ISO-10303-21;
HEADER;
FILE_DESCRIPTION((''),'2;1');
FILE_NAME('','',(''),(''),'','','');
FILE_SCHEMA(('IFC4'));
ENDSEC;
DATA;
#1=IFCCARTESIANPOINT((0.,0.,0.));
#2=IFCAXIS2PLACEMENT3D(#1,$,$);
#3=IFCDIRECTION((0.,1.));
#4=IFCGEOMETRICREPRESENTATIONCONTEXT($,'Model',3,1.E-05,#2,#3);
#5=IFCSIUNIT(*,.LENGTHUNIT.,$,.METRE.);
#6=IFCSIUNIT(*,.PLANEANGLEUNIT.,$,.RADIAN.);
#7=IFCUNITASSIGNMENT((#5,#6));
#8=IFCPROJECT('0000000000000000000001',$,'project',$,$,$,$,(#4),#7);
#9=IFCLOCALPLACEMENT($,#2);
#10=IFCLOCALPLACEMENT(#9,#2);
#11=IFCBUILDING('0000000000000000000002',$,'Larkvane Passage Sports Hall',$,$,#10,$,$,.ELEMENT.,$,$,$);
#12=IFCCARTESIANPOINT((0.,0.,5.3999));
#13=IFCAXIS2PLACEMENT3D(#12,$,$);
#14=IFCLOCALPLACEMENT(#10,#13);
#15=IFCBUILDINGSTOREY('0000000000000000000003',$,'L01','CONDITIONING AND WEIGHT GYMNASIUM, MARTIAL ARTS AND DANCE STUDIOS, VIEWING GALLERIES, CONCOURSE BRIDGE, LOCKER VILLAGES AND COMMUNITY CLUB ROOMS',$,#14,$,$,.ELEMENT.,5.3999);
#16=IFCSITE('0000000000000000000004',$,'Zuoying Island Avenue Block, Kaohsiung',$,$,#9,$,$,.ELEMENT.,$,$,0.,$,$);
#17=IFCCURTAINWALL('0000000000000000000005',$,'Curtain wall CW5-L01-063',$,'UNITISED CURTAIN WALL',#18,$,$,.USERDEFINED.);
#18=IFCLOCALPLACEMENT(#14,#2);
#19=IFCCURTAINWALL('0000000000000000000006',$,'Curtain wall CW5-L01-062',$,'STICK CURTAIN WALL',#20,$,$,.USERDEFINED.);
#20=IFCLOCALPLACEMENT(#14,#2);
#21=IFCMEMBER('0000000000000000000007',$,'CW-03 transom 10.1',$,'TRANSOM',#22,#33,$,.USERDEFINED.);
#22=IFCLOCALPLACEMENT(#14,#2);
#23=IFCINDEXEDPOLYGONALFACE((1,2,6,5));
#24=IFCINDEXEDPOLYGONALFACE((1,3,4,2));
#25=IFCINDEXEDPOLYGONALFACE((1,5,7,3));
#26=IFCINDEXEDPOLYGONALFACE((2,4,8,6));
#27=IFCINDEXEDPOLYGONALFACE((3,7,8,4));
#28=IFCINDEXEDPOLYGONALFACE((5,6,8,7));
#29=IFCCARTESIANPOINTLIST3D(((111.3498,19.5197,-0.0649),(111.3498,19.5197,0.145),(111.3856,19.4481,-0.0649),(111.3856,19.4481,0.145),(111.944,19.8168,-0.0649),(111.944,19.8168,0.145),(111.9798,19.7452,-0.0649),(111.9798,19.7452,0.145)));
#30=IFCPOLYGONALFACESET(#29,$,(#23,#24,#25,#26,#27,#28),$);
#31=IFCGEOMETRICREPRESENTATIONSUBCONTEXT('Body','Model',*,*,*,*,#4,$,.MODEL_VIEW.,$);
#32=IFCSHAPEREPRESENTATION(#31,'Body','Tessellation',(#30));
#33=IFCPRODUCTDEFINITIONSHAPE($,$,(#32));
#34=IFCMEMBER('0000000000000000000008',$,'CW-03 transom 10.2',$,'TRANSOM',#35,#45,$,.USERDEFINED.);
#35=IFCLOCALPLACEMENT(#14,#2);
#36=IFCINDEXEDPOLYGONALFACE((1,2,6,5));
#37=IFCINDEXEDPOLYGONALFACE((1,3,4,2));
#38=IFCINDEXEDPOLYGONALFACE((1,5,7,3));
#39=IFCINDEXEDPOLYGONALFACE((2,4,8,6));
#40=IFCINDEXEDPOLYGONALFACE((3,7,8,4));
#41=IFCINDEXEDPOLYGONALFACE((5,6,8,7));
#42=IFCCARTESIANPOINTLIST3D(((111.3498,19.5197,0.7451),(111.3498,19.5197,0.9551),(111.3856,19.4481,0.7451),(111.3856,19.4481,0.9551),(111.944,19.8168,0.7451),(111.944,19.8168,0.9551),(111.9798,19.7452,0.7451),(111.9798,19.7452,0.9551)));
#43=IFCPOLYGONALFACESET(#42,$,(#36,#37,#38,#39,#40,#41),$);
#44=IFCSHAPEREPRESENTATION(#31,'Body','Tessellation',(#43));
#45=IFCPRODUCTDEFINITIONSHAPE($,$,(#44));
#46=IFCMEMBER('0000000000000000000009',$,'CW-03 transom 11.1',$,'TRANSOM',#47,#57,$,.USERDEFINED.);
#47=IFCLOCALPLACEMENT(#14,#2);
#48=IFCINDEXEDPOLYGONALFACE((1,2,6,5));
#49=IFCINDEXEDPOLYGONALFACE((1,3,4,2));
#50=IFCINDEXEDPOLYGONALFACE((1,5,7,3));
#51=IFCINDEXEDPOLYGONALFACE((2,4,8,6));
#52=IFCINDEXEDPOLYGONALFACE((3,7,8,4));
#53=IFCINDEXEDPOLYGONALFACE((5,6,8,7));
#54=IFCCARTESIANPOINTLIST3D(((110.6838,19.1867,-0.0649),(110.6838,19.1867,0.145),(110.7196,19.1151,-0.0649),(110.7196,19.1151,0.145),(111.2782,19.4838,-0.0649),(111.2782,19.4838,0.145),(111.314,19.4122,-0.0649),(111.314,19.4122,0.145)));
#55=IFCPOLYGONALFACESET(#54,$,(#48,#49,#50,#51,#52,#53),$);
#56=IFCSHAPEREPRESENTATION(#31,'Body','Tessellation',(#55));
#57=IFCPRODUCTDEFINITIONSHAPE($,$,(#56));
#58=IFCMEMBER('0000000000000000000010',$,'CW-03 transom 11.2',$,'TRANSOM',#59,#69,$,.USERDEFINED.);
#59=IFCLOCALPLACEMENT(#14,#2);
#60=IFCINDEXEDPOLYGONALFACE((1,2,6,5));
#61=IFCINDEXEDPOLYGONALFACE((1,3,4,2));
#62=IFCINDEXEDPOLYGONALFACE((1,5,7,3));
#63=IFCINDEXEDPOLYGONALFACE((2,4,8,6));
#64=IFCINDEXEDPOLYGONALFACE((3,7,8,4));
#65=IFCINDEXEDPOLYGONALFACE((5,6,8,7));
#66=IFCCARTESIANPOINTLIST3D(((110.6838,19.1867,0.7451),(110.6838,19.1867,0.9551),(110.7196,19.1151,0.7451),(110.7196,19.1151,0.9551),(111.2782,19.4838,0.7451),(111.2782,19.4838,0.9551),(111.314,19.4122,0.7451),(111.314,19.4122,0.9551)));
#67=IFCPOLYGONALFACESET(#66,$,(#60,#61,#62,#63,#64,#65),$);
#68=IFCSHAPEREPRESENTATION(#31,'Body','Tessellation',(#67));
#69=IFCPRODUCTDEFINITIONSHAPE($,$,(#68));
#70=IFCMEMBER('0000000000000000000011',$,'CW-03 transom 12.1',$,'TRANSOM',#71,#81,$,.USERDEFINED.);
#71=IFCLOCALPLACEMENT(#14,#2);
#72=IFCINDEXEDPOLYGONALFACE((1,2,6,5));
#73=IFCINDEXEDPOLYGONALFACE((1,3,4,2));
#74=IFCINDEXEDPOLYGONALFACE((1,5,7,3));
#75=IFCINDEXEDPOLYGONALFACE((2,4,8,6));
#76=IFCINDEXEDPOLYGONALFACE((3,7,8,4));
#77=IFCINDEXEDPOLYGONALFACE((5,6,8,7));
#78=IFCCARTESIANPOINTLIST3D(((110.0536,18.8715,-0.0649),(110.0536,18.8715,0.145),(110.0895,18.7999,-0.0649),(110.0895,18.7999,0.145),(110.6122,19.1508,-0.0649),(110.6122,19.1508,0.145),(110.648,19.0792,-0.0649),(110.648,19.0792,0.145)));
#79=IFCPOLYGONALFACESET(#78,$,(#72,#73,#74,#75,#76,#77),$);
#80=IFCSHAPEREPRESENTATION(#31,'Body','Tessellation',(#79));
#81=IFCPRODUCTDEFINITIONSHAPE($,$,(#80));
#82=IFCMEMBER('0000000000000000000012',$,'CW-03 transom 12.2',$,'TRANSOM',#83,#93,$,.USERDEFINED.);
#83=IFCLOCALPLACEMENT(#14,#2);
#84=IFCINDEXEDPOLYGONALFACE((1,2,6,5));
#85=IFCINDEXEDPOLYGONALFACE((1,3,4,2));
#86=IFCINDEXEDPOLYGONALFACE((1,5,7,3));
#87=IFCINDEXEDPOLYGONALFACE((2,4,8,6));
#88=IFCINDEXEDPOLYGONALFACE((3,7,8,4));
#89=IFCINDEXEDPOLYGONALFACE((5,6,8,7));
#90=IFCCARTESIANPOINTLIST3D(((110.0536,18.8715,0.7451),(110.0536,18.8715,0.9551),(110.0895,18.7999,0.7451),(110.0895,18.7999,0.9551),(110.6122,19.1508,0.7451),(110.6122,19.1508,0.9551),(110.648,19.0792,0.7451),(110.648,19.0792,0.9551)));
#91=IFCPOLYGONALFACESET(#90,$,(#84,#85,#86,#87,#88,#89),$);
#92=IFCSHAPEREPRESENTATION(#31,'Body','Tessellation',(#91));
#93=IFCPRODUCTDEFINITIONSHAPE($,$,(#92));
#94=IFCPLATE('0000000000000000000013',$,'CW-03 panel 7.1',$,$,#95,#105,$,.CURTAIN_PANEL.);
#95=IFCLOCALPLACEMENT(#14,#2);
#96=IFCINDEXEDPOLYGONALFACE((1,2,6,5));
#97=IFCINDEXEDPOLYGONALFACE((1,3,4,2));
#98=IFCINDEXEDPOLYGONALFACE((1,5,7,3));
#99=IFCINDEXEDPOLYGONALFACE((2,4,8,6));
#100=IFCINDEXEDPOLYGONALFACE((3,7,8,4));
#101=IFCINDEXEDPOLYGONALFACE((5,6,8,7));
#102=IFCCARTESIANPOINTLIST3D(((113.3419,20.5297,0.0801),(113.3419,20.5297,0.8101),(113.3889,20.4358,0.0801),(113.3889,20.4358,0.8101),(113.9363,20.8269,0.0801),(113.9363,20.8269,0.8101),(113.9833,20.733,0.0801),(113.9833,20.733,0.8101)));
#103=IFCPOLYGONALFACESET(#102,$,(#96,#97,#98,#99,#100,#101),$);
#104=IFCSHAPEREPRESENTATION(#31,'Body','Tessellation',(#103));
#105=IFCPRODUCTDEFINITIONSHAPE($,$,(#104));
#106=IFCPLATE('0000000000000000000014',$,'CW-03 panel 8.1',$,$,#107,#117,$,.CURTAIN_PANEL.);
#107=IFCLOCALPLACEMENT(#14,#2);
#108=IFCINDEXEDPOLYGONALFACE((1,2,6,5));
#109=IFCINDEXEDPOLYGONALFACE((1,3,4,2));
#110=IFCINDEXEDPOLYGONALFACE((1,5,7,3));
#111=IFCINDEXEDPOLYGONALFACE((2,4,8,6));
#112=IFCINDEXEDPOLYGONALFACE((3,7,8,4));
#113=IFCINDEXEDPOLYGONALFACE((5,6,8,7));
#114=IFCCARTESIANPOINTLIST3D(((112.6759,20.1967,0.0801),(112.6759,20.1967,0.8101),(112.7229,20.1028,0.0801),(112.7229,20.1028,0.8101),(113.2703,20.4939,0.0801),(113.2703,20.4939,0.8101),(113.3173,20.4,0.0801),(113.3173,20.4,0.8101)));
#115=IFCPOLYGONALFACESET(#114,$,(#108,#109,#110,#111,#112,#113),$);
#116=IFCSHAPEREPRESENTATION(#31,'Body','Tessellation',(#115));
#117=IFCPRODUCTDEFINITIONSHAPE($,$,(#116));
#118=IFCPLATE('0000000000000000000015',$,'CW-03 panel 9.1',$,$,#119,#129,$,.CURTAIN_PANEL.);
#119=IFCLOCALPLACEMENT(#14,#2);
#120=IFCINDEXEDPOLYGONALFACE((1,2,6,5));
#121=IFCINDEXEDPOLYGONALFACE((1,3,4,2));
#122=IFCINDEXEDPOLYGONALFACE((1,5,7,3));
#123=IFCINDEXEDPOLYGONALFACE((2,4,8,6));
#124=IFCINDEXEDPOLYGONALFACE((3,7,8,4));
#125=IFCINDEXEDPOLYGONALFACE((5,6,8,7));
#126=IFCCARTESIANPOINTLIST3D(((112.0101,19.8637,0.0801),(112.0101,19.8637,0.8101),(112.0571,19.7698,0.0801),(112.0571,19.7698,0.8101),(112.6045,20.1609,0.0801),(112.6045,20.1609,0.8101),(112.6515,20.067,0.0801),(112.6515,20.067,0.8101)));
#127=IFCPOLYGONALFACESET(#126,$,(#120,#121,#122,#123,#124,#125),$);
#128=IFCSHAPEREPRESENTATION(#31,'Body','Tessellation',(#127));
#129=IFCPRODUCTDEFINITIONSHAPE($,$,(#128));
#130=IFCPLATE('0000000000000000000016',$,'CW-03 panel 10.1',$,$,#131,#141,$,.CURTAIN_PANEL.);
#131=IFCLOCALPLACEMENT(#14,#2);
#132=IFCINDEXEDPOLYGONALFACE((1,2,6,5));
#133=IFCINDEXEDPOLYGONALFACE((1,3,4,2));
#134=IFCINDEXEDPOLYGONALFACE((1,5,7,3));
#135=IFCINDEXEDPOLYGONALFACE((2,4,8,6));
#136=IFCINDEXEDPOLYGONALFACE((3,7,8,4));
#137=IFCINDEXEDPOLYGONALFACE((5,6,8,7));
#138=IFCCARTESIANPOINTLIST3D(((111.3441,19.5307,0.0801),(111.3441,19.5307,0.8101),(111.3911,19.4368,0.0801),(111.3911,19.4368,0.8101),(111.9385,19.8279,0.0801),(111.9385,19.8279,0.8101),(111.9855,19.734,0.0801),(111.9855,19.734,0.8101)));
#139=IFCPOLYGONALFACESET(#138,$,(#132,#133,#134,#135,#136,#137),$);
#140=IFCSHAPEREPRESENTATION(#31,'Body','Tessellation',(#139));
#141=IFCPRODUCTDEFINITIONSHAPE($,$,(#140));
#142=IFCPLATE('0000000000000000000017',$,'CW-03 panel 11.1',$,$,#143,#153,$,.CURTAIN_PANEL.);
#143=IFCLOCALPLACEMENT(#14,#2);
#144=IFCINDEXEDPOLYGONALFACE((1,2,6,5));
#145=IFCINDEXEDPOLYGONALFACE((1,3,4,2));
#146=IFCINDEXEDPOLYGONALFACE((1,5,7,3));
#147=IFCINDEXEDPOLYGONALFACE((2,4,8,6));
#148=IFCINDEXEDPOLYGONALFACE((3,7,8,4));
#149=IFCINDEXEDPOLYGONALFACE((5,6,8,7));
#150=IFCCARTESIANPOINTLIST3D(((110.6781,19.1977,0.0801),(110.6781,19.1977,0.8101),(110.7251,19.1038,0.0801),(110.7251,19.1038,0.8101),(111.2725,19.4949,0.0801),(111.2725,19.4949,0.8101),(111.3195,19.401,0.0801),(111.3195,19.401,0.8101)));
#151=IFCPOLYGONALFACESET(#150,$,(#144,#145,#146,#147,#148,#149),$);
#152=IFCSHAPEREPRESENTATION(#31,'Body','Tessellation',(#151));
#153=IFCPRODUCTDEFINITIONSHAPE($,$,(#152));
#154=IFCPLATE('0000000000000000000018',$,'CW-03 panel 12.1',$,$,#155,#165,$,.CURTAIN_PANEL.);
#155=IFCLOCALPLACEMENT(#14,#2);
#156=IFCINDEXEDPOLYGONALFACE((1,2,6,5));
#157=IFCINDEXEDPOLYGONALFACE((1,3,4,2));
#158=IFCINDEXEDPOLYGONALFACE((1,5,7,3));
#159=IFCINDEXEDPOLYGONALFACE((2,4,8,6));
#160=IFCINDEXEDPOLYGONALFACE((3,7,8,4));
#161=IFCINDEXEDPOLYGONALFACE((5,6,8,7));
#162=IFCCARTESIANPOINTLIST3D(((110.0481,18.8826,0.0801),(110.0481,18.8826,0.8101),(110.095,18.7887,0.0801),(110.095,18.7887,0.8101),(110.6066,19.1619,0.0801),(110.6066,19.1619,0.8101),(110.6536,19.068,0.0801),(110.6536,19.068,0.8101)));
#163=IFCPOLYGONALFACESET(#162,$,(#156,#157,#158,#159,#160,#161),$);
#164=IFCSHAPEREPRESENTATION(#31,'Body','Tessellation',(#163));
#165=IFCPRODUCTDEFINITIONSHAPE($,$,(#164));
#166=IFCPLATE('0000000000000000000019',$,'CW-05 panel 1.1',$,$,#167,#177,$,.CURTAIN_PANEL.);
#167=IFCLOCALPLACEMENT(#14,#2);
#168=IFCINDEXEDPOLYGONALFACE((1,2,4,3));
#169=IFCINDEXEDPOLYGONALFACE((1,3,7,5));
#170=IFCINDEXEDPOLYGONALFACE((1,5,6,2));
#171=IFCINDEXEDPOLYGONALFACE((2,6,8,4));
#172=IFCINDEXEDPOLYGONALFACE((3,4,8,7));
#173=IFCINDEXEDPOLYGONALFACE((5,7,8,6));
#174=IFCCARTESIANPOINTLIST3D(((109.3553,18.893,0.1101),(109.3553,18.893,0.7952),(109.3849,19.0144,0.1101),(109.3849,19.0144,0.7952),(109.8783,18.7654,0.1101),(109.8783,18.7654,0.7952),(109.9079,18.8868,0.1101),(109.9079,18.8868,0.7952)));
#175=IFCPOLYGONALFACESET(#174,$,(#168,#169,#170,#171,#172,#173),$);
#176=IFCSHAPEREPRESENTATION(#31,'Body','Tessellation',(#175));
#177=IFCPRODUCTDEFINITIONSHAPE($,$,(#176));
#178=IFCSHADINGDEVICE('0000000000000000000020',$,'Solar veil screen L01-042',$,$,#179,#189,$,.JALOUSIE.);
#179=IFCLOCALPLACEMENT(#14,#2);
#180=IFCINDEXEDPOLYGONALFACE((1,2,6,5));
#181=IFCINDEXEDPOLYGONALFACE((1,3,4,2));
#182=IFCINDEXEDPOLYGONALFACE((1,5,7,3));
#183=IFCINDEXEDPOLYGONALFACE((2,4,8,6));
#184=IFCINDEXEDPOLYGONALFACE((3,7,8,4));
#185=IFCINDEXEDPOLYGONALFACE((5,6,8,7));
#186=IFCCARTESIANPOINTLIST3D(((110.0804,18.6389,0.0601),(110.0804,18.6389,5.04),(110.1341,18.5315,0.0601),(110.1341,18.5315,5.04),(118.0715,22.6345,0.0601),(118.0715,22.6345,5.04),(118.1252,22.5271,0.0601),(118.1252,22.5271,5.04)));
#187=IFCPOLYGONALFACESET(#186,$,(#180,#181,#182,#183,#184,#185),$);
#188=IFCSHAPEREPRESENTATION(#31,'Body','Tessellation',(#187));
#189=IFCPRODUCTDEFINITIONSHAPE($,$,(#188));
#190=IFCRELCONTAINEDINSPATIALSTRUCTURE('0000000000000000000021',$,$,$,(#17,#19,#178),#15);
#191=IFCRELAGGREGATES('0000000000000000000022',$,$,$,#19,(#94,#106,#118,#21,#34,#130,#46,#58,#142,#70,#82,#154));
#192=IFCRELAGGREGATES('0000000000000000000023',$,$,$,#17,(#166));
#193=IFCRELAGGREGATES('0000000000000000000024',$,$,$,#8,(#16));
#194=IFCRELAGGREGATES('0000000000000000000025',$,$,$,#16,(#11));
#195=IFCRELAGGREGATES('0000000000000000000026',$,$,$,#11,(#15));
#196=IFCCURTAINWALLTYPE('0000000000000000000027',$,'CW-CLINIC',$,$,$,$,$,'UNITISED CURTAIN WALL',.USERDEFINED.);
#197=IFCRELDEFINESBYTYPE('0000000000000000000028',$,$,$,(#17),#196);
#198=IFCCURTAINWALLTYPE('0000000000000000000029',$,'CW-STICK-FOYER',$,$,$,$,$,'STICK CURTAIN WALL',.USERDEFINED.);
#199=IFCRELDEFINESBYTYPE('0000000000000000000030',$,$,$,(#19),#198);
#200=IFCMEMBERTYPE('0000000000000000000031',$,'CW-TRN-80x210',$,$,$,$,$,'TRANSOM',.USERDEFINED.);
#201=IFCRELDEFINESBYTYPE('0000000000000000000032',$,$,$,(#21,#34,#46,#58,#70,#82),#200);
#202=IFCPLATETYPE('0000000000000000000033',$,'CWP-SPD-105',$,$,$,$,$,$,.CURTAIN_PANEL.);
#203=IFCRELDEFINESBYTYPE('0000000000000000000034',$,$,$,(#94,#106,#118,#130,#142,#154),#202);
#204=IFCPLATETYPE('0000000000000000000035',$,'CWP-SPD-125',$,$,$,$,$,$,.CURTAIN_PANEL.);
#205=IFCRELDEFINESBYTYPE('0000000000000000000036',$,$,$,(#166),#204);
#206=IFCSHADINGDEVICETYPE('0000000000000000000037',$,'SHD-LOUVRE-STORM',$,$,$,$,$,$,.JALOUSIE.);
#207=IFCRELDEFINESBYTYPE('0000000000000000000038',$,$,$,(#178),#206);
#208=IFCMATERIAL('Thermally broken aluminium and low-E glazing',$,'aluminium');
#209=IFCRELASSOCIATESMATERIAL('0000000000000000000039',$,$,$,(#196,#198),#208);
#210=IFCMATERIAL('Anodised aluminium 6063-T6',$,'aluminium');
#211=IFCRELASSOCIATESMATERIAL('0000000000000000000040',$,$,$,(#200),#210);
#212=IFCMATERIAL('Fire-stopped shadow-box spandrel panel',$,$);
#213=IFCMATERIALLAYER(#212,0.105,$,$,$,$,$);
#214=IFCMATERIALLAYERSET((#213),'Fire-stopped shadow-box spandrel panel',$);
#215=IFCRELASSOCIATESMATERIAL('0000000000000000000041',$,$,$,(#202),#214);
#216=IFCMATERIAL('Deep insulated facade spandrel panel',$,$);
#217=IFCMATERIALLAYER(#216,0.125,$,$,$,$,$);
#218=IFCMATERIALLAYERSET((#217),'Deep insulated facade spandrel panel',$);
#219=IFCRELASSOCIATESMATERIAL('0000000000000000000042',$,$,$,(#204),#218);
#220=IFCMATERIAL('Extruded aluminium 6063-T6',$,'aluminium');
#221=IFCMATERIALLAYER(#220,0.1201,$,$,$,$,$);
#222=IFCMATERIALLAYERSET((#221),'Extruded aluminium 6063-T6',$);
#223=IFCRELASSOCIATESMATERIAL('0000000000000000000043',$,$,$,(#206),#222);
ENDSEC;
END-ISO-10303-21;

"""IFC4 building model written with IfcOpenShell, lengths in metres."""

from ifc_helpers import new_model, si_unit, direction, frame, origin, origin_2d, place, context, subcontext, project, spatial, rectangle, extrude, material, layer, layer_set, material_profile, profile_set, type_object, element, aggregate, save


model = new_model("IFC4")

# Units and contexts
model_context = context("Model", 3, precision=1e-05, world=origin(), true_north=direction((0.0, 1.0)))
body_context = subcontext(model_context, "Body", "Model", "MODEL_VIEW")
ifc_project = project(units=[si_unit("LENGTHUNIT", "METRE"), si_unit("PLANEANGLEUNIT", "RADIAN")], contexts=[model_context])

# Site, building, storey
site_placement = place(None, origin())
site = spatial("IfcSite", under=ifc_project, at=site_placement, Name="Zuoying Island Avenue Block, Kaohsiung", CompositionType="ELEMENT", RefElevation=0.0)
building_placement = place(site_placement, origin())
building = spatial("IfcBuilding", under=site, at=building_placement, Name="Larkvane Passage Sports Hall", CompositionType="ELEMENT")
storey_placement = place(building_placement, frame((0.0, 0.0, 5.3999)))
storey = spatial("IfcBuildingStorey", under=building, at=storey_placement, Name="L01", Description="CONDITIONING AND WEIGHT GYMNASIUM, MARTIAL ARTS AND DANCE STUDIOS, VIEWING GALLERIES, CONCOURSE BRIDGE, LOCKER VILLAGES AND COMMUNITY CLUB ROOMS", CompositionType="ELEMENT", Elevation=5.3999)

# Curtain walls
ifc_material_1 = material(Name="Thermally broken aluminium and low-E glazing", Category="aluminium")
curtain_wall_type_1 = type_object("IfcCurtainWallType", Name="CW-CLINIC", ElementType="UNITISED CURTAIN WALL", PredefinedType="USERDEFINED", material=ifc_material_1)
curtain_wall_1_placement = place(storey_placement, origin())
curtain_wall_1 = element("IfcCurtainWall", 1, at=curtain_wall_1_placement, inside=storey, type_object=curtain_wall_type_1, Name="Curtain wall CW5-L01-063", ObjectType="UNITISED CURTAIN WALL", PredefinedType="USERDEFINED")
ifc_material_2 = material(Name="Anodised aluminium 6063-T6", Category="aluminium")
curtain_wall_type_2 = type_object("IfcCurtainWallType", Name="CW-STICK-FOYER", ElementType="STICK CURTAIN WALL", PredefinedType="USERDEFINED", material=ifc_material_1)
curtain_wall_2_placement = place(storey_placement, origin())
curtain_wall_2 = element("IfcCurtainWall", 2, at=curtain_wall_2_placement, inside=storey, type_object=curtain_wall_type_2, Name="Curtain wall CW5-L01-062", ObjectType="STICK CURTAIN WALL", PredefinedType="USERDEFINED")

# Members
ifc_material_profile_1 = material_profile(ifc_material_2, rectangle(XDim=0.0801, YDim=0.21, at=origin_2d()), Name="ALU-TRN-80x210")
ifc_profile_set_1 = profile_set([ifc_material_profile_1], Name="Anodised aluminium 6063-T6")
member_type_1 = type_object("IfcMemberType", Name="CW-TRN-80x210", ElementType="TRANSOM", PredefinedType="USERDEFINED", material=ifc_profile_set_1)
member_1_placement = place(storey_placement, frame((111.9619, 19.781, 0.04), z_axis=(-0.894427, -0.447214, 0.0), x_axis=(0.447214, -0.894427, 0.0)))
member_1 = element("IfcMember", 3, at=member_1_placement, type_object=member_type_1, Name="CW-03 transom 10.1", ObjectType="TRANSOM", PredefinedType="USERDEFINED", context=body_context, shape_type="SweptSolid", body=[
    extrude(rectangle(XDim=0.0801, YDim=0.21, at=origin_2d()), origin(), (0.0, 0.0, 1.0), 0.6643),
])
member_2_placement = place(storey_placement, frame((111.9619, 19.781, 0.8501), z_axis=(-0.894427, -0.447214, 0.0), x_axis=(0.447214, -0.894427, 0.0)))
member_2 = element("IfcMember", 4, at=member_2_placement, type_object=member_type_1, Name="CW-03 transom 10.2", ObjectType="TRANSOM", PredefinedType="USERDEFINED", context=body_context, shape_type="SweptSolid", body=[
    extrude(rectangle(XDim=0.0801, YDim=0.21, at=origin_2d()), origin(), (0.0, 0.0, 1.0), 0.6643),
])
member_3_placement = place(storey_placement, frame((111.2961, 19.448, 0.04), z_axis=(-0.894501, -0.447067, 0.0), x_axis=(0.447067, -0.894501, 0.0)))
member_3 = element("IfcMember", 5, at=member_3_placement, type_object=member_type_1, Name="CW-03 transom 11.1", ObjectType="TRANSOM", PredefinedType="USERDEFINED", context=body_context, shape_type="SweptSolid", body=[
    extrude(rectangle(XDim=0.0801, YDim=0.21, at=origin_2d()), origin(), (0.0, 0.0, 1.0), 0.6646),
])
member_4_placement = place(storey_placement, frame((111.2961, 19.448, 0.8501), z_axis=(-0.894501, -0.447067, 0.0), x_axis=(0.447067, -0.894501, 0.0)))
member_4 = element("IfcMember", 6, at=member_4_placement, type_object=member_type_1, Name="CW-03 transom 11.2", ObjectType="TRANSOM", PredefinedType="USERDEFINED", context=body_context, shape_type="SweptSolid", body=[
    extrude(rectangle(XDim=0.0801, YDim=0.21, at=origin_2d()), origin(), (0.0, 0.0, 1.0), 0.6646),
])
member_5_placement = place(storey_placement, frame((110.6301, 19.115, 0.04), z_axis=(-0.894427, -0.447214, 0.0), x_axis=(0.447214, -0.894427, 0.0)))
member_5 = element("IfcMember", 7, at=member_5_placement, type_object=member_type_1, Name="CW-03 transom 12.1", ObjectType="TRANSOM", PredefinedType="USERDEFINED", context=body_context, shape_type="SweptSolid", body=[
    extrude(rectangle(XDim=0.0801, YDim=0.21, at=origin_2d()), origin(), (0.0, 0.0, 1.0), 0.6245),
])
member_6_placement = place(storey_placement, frame((110.6301, 19.115, 0.8501), z_axis=(-0.894427, -0.447214, 0.0), x_axis=(0.447214, -0.894427, 0.0)))
member_6 = element("IfcMember", 8, at=member_6_placement, type_object=member_type_1, Name="CW-03 transom 12.2", ObjectType="TRANSOM", PredefinedType="USERDEFINED", context=body_context, shape_type="SweptSolid", body=[
    extrude(rectangle(XDim=0.0801, YDim=0.21, at=origin_2d()), origin(), (0.0, 0.0, 1.0), 0.6245),
])

# Plates
ifc_material_3 = material(Name="Fire-stopped shadow-box spandrel panel")
ifc_layer_1 = layer(ifc_material_3, 0.105)
ifc_layer_set_1 = layer_set([ifc_layer_1], Name="Fire-stopped shadow-box spandrel panel")
plate_type_1 = type_object("IfcPlateType", Name="CWP-SPD-105", PredefinedType="CURTAIN_PANEL", material=ifc_layer_set_1)
plate_1_placement = place(storey_placement, frame((113.6626, 20.6313, 0.0801), z_axis=(0.0, 0.0, 1.0), x_axis=(-0.894429, -0.447209, 0.0)))
plate_1 = element("IfcPlate", 9, at=plate_1_placement, type_object=plate_type_1, Name="CW-03 panel 7.1", PredefinedType="CURTAIN_PANEL", context=body_context, shape_type="SweptSolid", body=[
    extrude(rectangle(XDim=0.6646, YDim=0.105, at=origin_2d()), origin(), (0.0, 0.0, 1.0), 0.73),
])
plate_2_placement = place(storey_placement, frame((112.9966, 20.2983, 0.0801), z_axis=(0.0, 0.0, 1.0), x_axis=(-0.894429, -0.447209, 0.0)))
plate_2 = element("IfcPlate", 10, at=plate_2_placement, type_object=plate_type_1, Name="CW-03 panel 8.1", PredefinedType="CURTAIN_PANEL", context=body_context, shape_type="SweptSolid", body=[
    extrude(rectangle(XDim=0.6646, YDim=0.105, at=origin_2d()), origin(), (0.0, 0.0, 1.0), 0.73),
])
plate_3_placement = place(storey_placement, frame((112.3308, 19.9653, 0.0801), z_axis=(0.0, 0.0, 1.0), x_axis=(-0.894429, -0.447209, 0.0)))
plate_3 = element("IfcPlate", 11, at=plate_3_placement, type_object=plate_type_1, Name="CW-03 panel 9.1", PredefinedType="CURTAIN_PANEL", context=body_context, shape_type="SweptSolid", body=[
    extrude(rectangle(XDim=0.6646, YDim=0.105, at=origin_2d()), origin(), (0.0, 0.0, 1.0), 0.73),
])
plate_4_placement = place(storey_placement, frame((111.6648, 19.6323, 0.0801), z_axis=(0.0, 0.0, 1.0), x_axis=(-0.894429, -0.447209, 0.0)))
plate_4 = element("IfcPlate", 12, at=plate_4_placement, type_object=plate_type_1, Name="CW-03 panel 10.1", PredefinedType="CURTAIN_PANEL", context=body_context, shape_type="SweptSolid", body=[
    extrude(rectangle(XDim=0.6646, YDim=0.105, at=origin_2d()), origin(), (0.0, 0.0, 1.0), 0.73),
])
plate_5_placement = place(storey_placement, frame((110.9988, 19.2993, 0.0801), z_axis=(0.0, 0.0, 1.0), x_axis=(-0.894429, -0.447209, 0.0)))
plate_5 = element("IfcPlate", 13, at=plate_5_placement, type_object=plate_type_1, Name="CW-03 panel 11.1", PredefinedType="CURTAIN_PANEL", context=body_context, shape_type="SweptSolid", body=[
    extrude(rectangle(XDim=0.6646, YDim=0.105, at=origin_2d()), origin(), (0.0, 0.0, 1.0), 0.73),
])
plate_6_placement = place(storey_placement, frame((110.3508, 18.9753, 0.0801), z_axis=(0.0, 0.0, 1.0), x_axis=(-0.894429, -0.447209, 0.0)))
plate_6 = element("IfcPlate", 14, at=plate_6_placement, type_object=plate_type_1, Name="CW-03 panel 12.1", PredefinedType="CURTAIN_PANEL", context=body_context, shape_type="SweptSolid", body=[
    extrude(rectangle(XDim=0.6245, YDim=0.105, at=origin_2d()), origin(), (0.0, 0.0, 1.0), 0.73),
])
aggregate(curtain_wall_2, [plate_1, plate_2, plate_3, member_1, member_2, plate_4, member_3, member_4, plate_5, member_5, member_6, plate_6])
ifc_material_4 = material(Name="Deep insulated facade spandrel panel")
ifc_layer_2 = layer(ifc_material_4, 0.125)
ifc_layer_set_2 = layer_set([ifc_layer_2], Name="Deep insulated facade spandrel panel")
plate_type_2 = type_object("IfcPlateType", Name="CWP-SPD-125", PredefinedType="CURTAIN_PANEL", material=ifc_layer_set_2)
plate_7_placement = place(storey_placement, frame((109.6316, 18.8899, 0.1101), z_axis=(0.0, 0.0, 1.0), x_axis=(-0.971522, 0.236949, 0.0)))
plate_7 = element("IfcPlate", 15, at=plate_7_placement, type_object=plate_type_2, Name="CW-05 panel 1.1", PredefinedType="CURTAIN_PANEL", context=body_context, shape_type="SweptSolid", body=[
    extrude(rectangle(XDim=0.5383, YDim=0.125, at=origin_2d()), origin(), (0.0, 0.0, 1.0), 0.6851),
])
aggregate(curtain_wall_1, [plate_7])

# Shading device
ifc_material_5 = material(Name="Extruded aluminium 6063-T6", Category="aluminium")
ifc_layer_3 = layer(ifc_material_5, 0.1201)
ifc_layer_set_3 = layer_set([ifc_layer_3], Name="Extruded aluminium 6063-T6")
shading_device_type = type_object("IfcShadingDeviceType", Name="SHD-LOUVRE-STORM", PredefinedType="JALOUSIE", material=ifc_layer_set_3)
shading_device_placement = place(storey_placement, frame((114.1028, 20.583, 0.0601), z_axis=(0.0, 0.0, 1.0), x_axis=(-0.894427, -0.447214, 0.0)))
element("IfcShadingDevice", 16, at=shading_device_placement, inside=storey, type_object=shading_device_type, Name="Solar veil screen L01-042", PredefinedType="JALOUSIE", context=body_context, shape_type="SweptSolid", body=[
    extrude(rectangle(XDim=8.9343, YDim=0.1201, at=origin_2d()), origin(), (0.0, 0.0, 1.0), 4.98),
])

save(model, "model.ifc")
